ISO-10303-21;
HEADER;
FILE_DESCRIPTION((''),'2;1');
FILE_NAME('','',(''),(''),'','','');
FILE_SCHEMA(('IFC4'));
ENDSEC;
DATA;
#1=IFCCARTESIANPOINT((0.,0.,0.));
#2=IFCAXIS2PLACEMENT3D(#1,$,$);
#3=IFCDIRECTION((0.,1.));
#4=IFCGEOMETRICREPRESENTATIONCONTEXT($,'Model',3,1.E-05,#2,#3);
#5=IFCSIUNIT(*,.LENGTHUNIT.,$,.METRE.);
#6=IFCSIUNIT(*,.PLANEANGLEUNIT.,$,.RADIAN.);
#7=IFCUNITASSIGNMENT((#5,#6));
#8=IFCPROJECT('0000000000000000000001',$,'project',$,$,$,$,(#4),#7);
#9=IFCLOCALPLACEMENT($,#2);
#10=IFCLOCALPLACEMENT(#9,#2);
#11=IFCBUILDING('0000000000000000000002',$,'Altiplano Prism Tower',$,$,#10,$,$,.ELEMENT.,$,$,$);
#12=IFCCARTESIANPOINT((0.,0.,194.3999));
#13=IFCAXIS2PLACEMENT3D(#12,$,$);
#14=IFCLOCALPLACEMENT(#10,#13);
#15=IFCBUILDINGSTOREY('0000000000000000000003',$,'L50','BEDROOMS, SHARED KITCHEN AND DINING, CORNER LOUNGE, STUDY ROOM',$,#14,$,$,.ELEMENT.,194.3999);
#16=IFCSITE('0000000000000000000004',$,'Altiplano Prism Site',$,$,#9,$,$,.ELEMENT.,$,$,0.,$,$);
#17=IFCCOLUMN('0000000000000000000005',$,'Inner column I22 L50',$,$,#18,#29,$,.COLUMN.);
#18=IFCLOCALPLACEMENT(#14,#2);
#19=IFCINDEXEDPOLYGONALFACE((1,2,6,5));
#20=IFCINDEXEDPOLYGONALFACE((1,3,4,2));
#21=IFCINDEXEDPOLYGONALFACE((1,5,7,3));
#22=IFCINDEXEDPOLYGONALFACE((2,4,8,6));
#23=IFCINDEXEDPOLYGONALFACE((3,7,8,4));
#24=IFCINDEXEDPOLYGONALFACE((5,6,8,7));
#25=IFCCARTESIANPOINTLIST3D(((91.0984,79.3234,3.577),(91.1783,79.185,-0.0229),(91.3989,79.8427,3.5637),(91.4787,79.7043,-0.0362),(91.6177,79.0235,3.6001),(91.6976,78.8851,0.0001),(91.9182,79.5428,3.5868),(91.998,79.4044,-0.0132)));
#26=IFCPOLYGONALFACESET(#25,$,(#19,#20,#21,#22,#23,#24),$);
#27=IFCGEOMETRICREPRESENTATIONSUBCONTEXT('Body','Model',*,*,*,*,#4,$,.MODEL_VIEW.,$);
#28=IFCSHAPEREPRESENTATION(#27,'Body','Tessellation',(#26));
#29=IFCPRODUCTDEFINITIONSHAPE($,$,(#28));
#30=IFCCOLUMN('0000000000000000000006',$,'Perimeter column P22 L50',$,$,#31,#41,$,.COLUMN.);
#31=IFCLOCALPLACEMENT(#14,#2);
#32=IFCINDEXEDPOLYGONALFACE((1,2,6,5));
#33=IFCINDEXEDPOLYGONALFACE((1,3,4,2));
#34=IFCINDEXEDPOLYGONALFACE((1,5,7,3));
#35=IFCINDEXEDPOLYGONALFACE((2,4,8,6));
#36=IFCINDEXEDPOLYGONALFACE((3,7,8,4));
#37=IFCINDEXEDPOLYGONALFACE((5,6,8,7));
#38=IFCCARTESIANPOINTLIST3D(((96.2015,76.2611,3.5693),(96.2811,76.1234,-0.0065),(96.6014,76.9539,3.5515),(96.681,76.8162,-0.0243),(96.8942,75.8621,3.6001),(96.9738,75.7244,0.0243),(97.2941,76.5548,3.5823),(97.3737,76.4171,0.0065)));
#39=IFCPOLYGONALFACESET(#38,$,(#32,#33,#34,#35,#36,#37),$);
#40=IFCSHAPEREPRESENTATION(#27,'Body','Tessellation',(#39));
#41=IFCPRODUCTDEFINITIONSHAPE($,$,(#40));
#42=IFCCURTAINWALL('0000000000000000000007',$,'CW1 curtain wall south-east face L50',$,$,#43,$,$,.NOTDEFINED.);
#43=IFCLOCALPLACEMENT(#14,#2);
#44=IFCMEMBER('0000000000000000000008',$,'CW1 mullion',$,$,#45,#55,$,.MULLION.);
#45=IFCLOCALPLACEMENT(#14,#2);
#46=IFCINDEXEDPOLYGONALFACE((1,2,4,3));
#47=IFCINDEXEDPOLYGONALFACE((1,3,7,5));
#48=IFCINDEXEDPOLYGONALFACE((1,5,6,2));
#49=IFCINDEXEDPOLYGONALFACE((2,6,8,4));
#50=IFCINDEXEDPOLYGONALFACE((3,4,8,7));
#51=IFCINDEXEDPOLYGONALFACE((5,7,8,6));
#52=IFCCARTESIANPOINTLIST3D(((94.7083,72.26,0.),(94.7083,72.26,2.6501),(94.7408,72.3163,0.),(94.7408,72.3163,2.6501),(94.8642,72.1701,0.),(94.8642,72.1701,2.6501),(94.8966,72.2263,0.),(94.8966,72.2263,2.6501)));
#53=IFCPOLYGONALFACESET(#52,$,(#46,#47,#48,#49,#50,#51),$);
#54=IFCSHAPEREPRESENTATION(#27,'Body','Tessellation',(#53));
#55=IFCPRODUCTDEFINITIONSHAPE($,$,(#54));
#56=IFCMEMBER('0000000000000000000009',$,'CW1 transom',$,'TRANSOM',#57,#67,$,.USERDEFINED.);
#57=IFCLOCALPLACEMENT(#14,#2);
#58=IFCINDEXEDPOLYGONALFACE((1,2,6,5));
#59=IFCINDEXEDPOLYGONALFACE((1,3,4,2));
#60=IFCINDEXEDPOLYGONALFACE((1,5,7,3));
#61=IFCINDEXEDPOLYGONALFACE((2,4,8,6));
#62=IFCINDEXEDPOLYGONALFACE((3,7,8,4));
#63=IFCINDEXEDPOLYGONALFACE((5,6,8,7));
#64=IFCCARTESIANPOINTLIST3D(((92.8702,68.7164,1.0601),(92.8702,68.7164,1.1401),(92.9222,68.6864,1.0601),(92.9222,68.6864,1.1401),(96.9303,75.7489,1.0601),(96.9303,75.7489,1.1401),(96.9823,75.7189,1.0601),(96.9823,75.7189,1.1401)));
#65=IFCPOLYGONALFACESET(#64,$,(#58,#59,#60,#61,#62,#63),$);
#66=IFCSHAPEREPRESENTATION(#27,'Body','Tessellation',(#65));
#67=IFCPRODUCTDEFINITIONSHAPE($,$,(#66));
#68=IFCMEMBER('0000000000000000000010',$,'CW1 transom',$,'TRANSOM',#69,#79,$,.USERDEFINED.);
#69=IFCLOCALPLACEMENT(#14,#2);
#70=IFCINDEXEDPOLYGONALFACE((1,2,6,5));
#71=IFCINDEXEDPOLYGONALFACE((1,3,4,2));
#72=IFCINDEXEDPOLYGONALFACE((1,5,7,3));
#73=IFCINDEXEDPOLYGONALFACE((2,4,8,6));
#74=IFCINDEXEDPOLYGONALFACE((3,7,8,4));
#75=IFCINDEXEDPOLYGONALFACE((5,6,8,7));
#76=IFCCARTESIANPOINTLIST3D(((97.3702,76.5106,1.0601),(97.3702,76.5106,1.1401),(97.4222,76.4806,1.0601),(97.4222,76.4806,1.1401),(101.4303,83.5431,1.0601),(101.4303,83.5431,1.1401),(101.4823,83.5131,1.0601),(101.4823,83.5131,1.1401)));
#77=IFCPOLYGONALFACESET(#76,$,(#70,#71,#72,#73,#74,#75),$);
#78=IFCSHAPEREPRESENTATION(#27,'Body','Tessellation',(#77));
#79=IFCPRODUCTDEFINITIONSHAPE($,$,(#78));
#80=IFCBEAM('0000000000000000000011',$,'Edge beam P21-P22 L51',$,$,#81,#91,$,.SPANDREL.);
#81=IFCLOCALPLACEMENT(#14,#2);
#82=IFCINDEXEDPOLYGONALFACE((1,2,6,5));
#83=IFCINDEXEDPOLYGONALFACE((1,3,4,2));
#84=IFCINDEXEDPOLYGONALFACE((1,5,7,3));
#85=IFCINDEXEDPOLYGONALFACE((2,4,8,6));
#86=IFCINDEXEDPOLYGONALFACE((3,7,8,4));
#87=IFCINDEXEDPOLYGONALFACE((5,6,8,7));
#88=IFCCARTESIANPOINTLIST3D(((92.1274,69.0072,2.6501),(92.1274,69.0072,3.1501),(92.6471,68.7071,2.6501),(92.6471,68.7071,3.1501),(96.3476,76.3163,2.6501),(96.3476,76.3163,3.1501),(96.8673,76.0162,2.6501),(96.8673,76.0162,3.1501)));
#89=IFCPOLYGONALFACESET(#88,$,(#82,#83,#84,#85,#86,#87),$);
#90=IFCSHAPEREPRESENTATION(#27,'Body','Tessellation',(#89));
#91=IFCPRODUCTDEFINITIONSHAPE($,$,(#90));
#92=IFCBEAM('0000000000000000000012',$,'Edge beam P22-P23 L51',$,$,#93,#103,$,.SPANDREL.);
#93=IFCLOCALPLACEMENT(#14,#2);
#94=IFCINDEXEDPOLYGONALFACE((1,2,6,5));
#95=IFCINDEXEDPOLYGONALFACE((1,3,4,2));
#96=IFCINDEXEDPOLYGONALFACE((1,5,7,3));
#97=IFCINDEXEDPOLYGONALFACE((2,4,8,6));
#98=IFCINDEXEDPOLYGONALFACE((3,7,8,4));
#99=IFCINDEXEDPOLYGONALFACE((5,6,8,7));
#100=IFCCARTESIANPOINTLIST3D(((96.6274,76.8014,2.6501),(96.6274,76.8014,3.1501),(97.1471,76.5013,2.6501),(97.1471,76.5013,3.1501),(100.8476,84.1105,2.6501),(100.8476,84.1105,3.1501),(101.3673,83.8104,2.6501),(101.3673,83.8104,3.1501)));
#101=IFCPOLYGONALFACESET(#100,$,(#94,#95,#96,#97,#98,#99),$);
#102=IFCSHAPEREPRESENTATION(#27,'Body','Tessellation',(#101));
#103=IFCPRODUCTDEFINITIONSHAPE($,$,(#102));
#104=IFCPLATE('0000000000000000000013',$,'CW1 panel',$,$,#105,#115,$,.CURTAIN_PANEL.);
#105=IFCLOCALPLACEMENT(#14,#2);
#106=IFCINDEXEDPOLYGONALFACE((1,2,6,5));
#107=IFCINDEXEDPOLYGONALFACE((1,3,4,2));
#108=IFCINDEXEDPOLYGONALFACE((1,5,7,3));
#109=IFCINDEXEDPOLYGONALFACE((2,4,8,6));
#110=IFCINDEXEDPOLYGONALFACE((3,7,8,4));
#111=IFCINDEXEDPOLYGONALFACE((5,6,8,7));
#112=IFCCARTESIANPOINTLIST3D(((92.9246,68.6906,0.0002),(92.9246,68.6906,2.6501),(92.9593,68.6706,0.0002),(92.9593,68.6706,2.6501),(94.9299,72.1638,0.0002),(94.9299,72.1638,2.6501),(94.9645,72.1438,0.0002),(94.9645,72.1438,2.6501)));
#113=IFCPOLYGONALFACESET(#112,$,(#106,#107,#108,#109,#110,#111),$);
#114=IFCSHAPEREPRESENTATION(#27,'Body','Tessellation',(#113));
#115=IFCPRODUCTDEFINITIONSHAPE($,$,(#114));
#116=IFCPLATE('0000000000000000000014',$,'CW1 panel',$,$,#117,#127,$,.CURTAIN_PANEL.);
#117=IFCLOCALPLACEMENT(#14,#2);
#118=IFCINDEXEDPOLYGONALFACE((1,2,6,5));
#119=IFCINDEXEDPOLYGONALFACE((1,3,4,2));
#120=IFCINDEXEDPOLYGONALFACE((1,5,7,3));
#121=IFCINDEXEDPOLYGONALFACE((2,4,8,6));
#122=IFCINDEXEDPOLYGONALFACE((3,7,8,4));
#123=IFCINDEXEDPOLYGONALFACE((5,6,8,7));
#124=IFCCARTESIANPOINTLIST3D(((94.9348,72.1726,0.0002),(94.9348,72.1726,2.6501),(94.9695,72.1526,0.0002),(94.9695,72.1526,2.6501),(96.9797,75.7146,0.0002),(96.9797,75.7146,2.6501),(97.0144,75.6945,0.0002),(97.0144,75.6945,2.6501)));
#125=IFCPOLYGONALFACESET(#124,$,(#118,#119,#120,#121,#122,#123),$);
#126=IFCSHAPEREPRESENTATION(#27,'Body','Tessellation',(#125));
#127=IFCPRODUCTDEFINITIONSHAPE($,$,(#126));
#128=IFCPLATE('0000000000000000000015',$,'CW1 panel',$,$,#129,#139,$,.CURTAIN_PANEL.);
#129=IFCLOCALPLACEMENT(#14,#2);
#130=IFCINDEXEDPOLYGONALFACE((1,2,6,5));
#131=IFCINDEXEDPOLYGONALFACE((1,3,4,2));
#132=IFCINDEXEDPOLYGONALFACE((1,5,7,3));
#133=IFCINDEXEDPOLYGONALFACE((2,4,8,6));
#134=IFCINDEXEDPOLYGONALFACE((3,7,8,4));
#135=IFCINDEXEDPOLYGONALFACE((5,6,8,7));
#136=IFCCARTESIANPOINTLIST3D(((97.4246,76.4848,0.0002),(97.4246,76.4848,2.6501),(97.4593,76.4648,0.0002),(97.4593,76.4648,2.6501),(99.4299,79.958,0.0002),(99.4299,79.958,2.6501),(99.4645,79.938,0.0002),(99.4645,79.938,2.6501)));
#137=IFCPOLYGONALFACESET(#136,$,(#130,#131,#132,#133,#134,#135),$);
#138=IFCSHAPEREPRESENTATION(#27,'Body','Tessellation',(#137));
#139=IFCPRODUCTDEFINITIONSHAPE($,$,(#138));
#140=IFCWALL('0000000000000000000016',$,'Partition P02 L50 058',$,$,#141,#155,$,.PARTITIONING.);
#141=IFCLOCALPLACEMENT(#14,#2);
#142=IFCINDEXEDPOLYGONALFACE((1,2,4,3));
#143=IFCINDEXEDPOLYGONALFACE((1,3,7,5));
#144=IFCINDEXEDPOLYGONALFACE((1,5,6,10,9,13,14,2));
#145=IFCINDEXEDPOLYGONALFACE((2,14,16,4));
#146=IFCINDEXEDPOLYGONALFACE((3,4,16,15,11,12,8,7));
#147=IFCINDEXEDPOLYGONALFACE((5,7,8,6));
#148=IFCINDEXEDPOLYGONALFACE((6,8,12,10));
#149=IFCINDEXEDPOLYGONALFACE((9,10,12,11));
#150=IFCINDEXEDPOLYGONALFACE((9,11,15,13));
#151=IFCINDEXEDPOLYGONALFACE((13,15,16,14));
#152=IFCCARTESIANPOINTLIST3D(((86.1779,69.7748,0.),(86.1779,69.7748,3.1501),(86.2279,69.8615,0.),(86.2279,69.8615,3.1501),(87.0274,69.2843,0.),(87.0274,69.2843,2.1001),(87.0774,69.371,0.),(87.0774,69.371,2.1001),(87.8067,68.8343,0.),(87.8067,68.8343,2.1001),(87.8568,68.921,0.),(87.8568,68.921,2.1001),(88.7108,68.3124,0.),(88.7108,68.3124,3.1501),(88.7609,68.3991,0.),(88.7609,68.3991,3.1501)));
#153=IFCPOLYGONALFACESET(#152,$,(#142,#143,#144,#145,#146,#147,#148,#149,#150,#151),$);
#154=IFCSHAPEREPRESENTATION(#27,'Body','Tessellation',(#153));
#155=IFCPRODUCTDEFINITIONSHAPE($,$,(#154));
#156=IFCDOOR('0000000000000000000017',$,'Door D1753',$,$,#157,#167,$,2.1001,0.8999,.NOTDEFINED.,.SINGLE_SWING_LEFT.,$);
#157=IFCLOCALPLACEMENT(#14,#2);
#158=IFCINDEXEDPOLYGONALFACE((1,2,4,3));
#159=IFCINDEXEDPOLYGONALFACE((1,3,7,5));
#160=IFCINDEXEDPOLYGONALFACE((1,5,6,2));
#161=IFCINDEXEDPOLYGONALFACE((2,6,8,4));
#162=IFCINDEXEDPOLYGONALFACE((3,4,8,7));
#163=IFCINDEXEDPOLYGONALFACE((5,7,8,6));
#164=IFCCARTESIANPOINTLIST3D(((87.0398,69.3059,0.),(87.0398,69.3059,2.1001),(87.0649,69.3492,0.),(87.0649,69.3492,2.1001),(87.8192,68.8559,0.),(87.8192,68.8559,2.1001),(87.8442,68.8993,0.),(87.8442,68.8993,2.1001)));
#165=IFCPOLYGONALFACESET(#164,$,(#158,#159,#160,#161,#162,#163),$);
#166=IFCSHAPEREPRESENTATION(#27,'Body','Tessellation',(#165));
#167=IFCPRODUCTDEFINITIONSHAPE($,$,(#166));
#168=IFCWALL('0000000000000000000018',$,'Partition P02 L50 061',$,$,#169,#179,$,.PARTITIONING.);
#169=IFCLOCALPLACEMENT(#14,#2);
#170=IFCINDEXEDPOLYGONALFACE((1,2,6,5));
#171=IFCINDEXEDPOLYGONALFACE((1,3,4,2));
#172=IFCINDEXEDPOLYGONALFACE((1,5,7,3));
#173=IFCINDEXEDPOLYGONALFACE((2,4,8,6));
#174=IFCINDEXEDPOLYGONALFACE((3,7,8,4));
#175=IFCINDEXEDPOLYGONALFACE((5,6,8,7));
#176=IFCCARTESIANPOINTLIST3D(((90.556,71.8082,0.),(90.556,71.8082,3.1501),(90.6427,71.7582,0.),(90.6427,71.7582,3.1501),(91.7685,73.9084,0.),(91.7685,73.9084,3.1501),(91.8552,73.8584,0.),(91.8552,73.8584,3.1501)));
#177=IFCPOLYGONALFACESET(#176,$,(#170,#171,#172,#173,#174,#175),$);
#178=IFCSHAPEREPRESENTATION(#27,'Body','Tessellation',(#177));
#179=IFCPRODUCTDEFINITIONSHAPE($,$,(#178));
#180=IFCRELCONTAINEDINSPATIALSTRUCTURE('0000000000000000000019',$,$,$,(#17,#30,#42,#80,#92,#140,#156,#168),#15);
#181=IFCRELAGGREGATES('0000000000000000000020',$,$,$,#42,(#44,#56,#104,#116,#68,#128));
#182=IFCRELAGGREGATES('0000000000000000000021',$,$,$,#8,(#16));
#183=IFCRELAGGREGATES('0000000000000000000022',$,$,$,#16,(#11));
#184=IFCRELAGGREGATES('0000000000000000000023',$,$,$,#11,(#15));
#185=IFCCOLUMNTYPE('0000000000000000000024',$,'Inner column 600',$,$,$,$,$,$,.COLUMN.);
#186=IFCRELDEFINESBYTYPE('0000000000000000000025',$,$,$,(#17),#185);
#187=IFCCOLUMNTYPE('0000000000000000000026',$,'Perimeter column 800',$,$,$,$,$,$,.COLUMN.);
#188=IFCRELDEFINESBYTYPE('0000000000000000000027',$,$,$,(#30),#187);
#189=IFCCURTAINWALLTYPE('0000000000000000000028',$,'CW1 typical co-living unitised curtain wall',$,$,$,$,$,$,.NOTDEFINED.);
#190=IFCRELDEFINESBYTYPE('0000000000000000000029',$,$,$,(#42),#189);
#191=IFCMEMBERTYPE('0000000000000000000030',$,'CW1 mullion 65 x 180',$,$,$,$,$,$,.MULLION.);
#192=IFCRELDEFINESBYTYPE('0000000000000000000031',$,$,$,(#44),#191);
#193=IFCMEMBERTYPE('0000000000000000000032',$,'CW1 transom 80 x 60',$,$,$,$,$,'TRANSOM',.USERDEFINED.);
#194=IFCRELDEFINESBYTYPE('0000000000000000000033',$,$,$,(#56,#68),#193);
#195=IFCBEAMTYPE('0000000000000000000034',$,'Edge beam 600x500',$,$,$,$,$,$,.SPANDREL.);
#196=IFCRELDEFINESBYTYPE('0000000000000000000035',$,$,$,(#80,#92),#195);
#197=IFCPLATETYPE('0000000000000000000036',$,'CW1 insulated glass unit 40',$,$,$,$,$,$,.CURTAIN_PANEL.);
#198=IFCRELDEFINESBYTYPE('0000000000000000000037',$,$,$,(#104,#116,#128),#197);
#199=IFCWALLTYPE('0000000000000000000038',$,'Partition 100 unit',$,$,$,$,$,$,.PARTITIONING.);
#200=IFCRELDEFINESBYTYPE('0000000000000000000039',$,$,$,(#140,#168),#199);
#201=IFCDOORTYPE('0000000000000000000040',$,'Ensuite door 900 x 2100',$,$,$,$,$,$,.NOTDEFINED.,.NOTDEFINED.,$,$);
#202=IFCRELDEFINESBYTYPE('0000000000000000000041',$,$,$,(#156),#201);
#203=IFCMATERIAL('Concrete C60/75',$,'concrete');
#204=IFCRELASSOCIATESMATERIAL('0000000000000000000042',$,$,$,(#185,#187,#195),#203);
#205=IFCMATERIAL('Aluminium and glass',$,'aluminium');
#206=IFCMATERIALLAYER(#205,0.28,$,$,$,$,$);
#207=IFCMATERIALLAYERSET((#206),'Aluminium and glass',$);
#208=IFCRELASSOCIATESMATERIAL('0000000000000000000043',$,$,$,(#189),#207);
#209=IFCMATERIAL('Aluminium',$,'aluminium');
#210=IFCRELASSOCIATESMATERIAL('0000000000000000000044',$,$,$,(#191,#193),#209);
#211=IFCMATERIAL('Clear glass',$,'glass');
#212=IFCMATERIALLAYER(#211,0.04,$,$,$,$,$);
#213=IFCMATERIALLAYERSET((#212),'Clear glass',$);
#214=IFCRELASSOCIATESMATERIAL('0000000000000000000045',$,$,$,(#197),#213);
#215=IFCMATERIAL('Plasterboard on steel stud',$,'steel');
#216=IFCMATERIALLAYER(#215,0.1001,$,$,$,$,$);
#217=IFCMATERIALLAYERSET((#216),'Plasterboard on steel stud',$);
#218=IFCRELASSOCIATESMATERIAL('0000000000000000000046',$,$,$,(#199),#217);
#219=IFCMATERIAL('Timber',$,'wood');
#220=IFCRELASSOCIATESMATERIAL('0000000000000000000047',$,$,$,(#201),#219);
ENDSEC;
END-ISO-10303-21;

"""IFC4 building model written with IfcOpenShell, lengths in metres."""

from ifc_helpers import new_model, si_unit, direction, frame, frame_2d, origin, origin_2d, place, context, subcontext, project, spatial, rectangle, extrude, material, layer, layer_set, material_profile, profile_set, type_object, element, fill, aggregate, save


model = new_model("IFC4")

# Units and contexts
model_context = context("Model", 3, precision=1e-05, world=origin(), true_north=direction((0.0, 1.0)))
body_context = subcontext(model_context, "Body", "Model", "MODEL_VIEW")
ifc_project = project(units=[si_unit("LENGTHUNIT", "METRE"), si_unit("PLANEANGLEUNIT", "RADIAN")], contexts=[model_context])

# Site, building, storey
site_placement = place(None, origin())
site = spatial("IfcSite", under=ifc_project, at=site_placement, Name="Altiplano Prism Site", CompositionType="ELEMENT", RefElevation=0.0)
building_placement = place(site_placement, origin())
building = spatial("IfcBuilding", under=site, at=building_placement, Name="Altiplano Prism Tower", CompositionType="ELEMENT")
storey_placement = place(building_placement, frame((0.0, 0.0, 194.3999)))
storey = spatial("IfcBuildingStorey", under=building, at=storey_placement, Name="L50", Description="BEDROOMS, SHARED KITCHEN AND DINING, CORNER LOUNGE, STUDY ROOM", CompositionType="ELEMENT", Elevation=194.3999)

# Columns
ifc_material_1 = material(Name="Concrete C60/75", Category="concrete")
ifc_material_profile_1 = material_profile(ifc_material_1, rectangle(XDim=0.6001, YDim=0.6001, at=origin_2d()), Name="Inner column 600")
ifc_profile_set_1 = profile_set([ifc_material_profile_1], Name="Concrete C60/75")
column_type_1 = type_object("IfcColumnType", Name="Inner column 600", PredefinedType="COLUMN", material=ifc_profile_set_1)
column_1_placement = place(storey_placement, frame((91.5881, 79.2947, -0.0181), z_axis=(-0.022155, 0.038416, 0.999016), x_axis=(-0.500653, -0.865364, 0.022173)))
element("IfcColumn", 1, at=column_1_placement, inside=storey, type_object=column_type_1, Name="Inner column I22 L50", PredefinedType="COLUMN", context=body_context, shape_type="SweptSolid", body=[
    extrude(rectangle(XDim=0.6001, YDim=0.6001, at=origin_2d()), origin(), (0.0, 0.0, 1.0), 3.6035),
])
ifc_material_profile_2 = material_profile(ifc_material_1, rectangle(XDim=0.8, YDim=0.8, at=origin_2d()), Name="Perimeter column 800")
ifc_profile_set_2 = profile_set([ifc_material_profile_2], Name="Concrete C60/75")
column_type_2 = type_object("IfcColumnType", Name="Perimeter column 800", PredefinedType="COLUMN", material=ifc_profile_set_2)
column_2_placement = place(storey_placement, frame((96.8274, 76.2703, 0.0), z_axis=(-0.022235, 0.038468, 0.999012), x_axis=(-0.499813, -0.865848, 0.022216)))
element("IfcColumn", 2, at=column_2_placement, inside=storey, type_object=column_type_2, Name="Perimeter column P22 L50", PredefinedType="COLUMN", context=body_context, shape_type="SweptSolid", body=[
    extrude(rectangle(XDim=0.8, YDim=0.8, at=origin_2d()), origin(), (0.0, 0.0, 1.0), 3.5793),
])

# Curtain wall, members
ifc_material_2 = material(Name="Aluminium and glass", Category="aluminium")
ifc_layer_1 = layer(ifc_material_2, 0.28)
ifc_layer_set_1 = layer_set([ifc_layer_1], Name="Aluminium and glass")
curtain_wall_type = type_object("IfcCurtainWallType", Name="CW1 typical co-living unitised curtain wall", PredefinedType="NOTDEFINED", material=ifc_layer_set_1)
curtain_wall_placement = place(storey_placement, origin())
curtain_wall = element("IfcCurtainWall", 3, at=curtain_wall_placement, inside=storey, type_object=curtain_wall_type, Name="CW1 curtain wall south-east face L50", PredefinedType="NOTDEFINED")
ifc_material_3 = material(Name="Aluminium", Category="aluminium")
ifc_material_profile_3 = material_profile(ifc_material_3, rectangle(XDim=0.1799, YDim=0.0649, at=origin_2d()), Name="CW1 mullion 65 x 180")
ifc_profile_set_3 = profile_set([ifc_material_profile_3], Name="Aluminium")
member_type_1 = type_object("IfcMemberType", Name="CW1 mullion 65 x 180", PredefinedType="MULLION", material=ifc_profile_set_3)
member_1_placement = place(storey_placement, frame((94.8025, 72.2432, 0.0), z_axis=(0.0, 0.0, 1.0), x_axis=(-0.866025, 0.5, 0.0)))
member_1 = element("IfcMember", 4, at=member_1_placement, type_object=member_type_1, Name="CW1 mullion", PredefinedType="MULLION", context=body_context, shape_type="SweptSolid", body=[
    extrude(rectangle(XDim=0.1799, YDim=0.0649, at=origin_2d()), origin(), (0.0, 0.0, 1.0), 2.6501),
])
ifc_material_profile_4 = material_profile(ifc_material_3, rectangle(XDim=0.0601, YDim=0.0801, at=origin_2d()), Name="CW1 transom 80 x 60")
ifc_profile_set_4 = profile_set([ifc_material_profile_4], Name="Aluminium")
member_type_2 = type_object("IfcMemberType", Name="CW1 transom 80 x 60", ElementType="TRANSOM", PredefinedType="USERDEFINED", material=ifc_profile_set_4)
member_2_placement = place(storey_placement, frame((92.8962, 68.7014, 1.1001), z_axis=(0.499987, 0.866033, 0.0), x_axis=(-0.866033, 0.499987, 0.0)))
member_2 = element("IfcMember", 5, at=member_2_placement, type_object=member_type_2, Name="CW1 transom", ObjectType="TRANSOM", PredefinedType="USERDEFINED", context=body_context, shape_type="SweptSolid", body=[
    extrude(rectangle(XDim=0.0601, YDim=0.0801, at=origin_2d()), origin(), (0.0, 0.0, 1.0), 8.1204),
])
member_3_placement = place(storey_placement, frame((97.3962, 76.4956, 1.1001), z_axis=(0.499987, 0.866033, 0.0), x_axis=(-0.866033, 0.499987, 0.0)))
member_3 = element("IfcMember", 6, at=member_3_placement, type_object=member_type_2, Name="CW1 transom", ObjectType="TRANSOM", PredefinedType="USERDEFINED", context=body_context, shape_type="SweptSolid", body=[
    extrude(rectangle(XDim=0.0601, YDim=0.0801, at=origin_2d()), origin(), (0.0, 0.0, 1.0), 8.1204),
])

# Beams
ifc_material_profile_5 = material_profile(ifc_material_1, rectangle(XDim=0.6001, YDim=0.5, at=origin_2d()), Name="Edge beam 600x500")
ifc_profile_set_5 = profile_set([ifc_material_profile_5], Name="Concrete C60/75")
beam_type = type_object("IfcBeamType", Name="Edge beam 600x500", PredefinedType="SPANDREL", material=ifc_profile_set_5)
for number, where, z_axis, x_axis, name in (
    (7, (92.3872, 68.8572, 2.9001), (0.500028, 0.866009, 0.0), (-0.866009, 0.500028, 0.0), "Edge beam P21-P22 L51"),
    (8, (96.8872, 76.6514, 2.9001), (0.500028, 0.866009, 0.0), (-0.866009, 0.500028, 0.0), "Edge beam P22-P23 L51"),
):
    element("IfcBeam", number, at=place(storey_placement, frame(where, z_axis=z_axis, x_axis=x_axis)), inside=storey, type_object=beam_type, Name=name, PredefinedType="SPANDREL", context=body_context, shape_type="SweptSolid", body=[
        extrude(rectangle(XDim=0.6001, YDim=0.5, at=origin_2d()), origin(), (0.0, 0.0, 1.0), 8.4399),
    ])

# Plates
ifc_material_4 = material(Name="Clear glass", Category="glass")
ifc_layer_2 = layer(ifc_material_4, 0.04)
ifc_layer_set_2 = layer_set([ifc_layer_2], Name="Clear glass")
plate_type = type_object("IfcPlateType", Name="CW1 insulated glass unit 40", PredefinedType="CURTAIN_PANEL", material=ifc_layer_set_2)
plate_1_placement = place(storey_placement, frame((93.9446, 70.4172, 0.0002), z_axis=(0.0, 0.0, 1.0), x_axis=(0.5, 0.866025, 0.0)))
plate_1 = element("IfcPlate", 9, at=plate_1_placement, type_object=plate_type, Name="CW1 panel", PredefinedType="CURTAIN_PANEL", context=body_context, shape_type="SweptSolid", body=[
    extrude(rectangle(XDim=4.0105, YDim=0.04, at=origin_2d()), origin(), (0.0, 0.0, 1.0), 2.6499),
])
plate_2_placement = place(storey_placement, frame((95.9746, 73.9336, 0.0002), z_axis=(0.0, 0.0, 1.0), x_axis=(0.5, 0.866025, 0.0)))
plate_2 = element("IfcPlate", 10, at=plate_2_placement, type_object=plate_type, Name="CW1 panel", PredefinedType="CURTAIN_PANEL", context=body_context, shape_type="SweptSolid", body=[
    extrude(rectangle(XDim=4.0898, YDim=0.04, at=origin_2d()), origin(), (0.0, 0.0, 1.0), 2.6499),
])
plate_3_placement = place(storey_placement, frame((98.4446, 78.2114, 0.0002), z_axis=(0.0, 0.0, 1.0), x_axis=(0.5, 0.866025, 0.0)))
plate_3 = element("IfcPlate", 11, at=plate_3_placement, type_object=plate_type, Name="CW1 panel", PredefinedType="CURTAIN_PANEL", context=body_context, shape_type="SweptSolid", body=[
    extrude(rectangle(XDim=4.0105, YDim=0.04, at=origin_2d()), origin(), (0.0, 0.0, 1.0), 2.6499),
])
aggregate(curtain_wall, [member_1, member_2, plate_1, plate_2, member_3, plate_3])

# Wall, opening, door
ifc_material_5 = material(Name="Plasterboard on steel stud", Category="steel")
ifc_layer_3 = layer(ifc_material_5, 0.1001)
ifc_layer_set_3 = layer_set([ifc_layer_3], Name="Plasterboard on steel stud")
wall_type_1 = type_object("IfcWallType", Name="Partition 100 unit", PredefinedType="PARTITIONING", material=ifc_layer_set_3)
wall_1_placement = place(storey_placement, frame((86.2029, 69.8181, 0.0), z_axis=(0.0, 0.0, 1.0), x_axis=(0.866026, -0.499999, 0.0)))
wall_1 = element("IfcWall", 12, at=wall_1_placement, inside=storey, type_object=wall_type_1, Name="Partition P02 L50 058", PredefinedType="PARTITIONING", context=body_context, shape_type="SweptSolid", body=[
    extrude(rectangle(XDim=2.9248, YDim=0.1001, at=frame_2d((1.4624, 0.0))), origin(), (0.0, 0.0, 1.0), 3.1501),
])
opening_1_placement = place(wall_1_placement, frame((0.981, 0.0, 0.0)))
opening_1 = element("IfcOpeningElement", 13, at=opening_1_placement, cuts=wall_1, PredefinedType="OPENING", context=body_context, shape_type="SweptSolid", body=[
    extrude(rectangle(XDim=0.8999, YDim=2.1001, at=frame_2d((0.45, 1.05))), frame((0.0, 0.0605, 0.0), z_axis=(0.0, -1.0, 0.0), x_axis=(1.0, 0.0, 0.0)), (0.0, 0.0, 1.0), 0.1211),
])
ifc_material_6 = material(Name="Timber", Category="wood")
door_type_1 = type_object("IfcDoorType", Name="Ensuite door 900 x 2100", OperationType="NOTDEFINED", PredefinedType="NOTDEFINED", material=ifc_material_6)
door_1_placement = place(opening_1_placement, origin())
door_1 = element("IfcDoor", 14, at=door_1_placement, inside=storey, type_object=door_type_1, Name="Door D1753", OperationType="SINGLE_SWING_LEFT", OverallHeight=2.1001, OverallWidth=0.8999, PredefinedType="NOTDEFINED", context=body_context, shape_type="SweptSolid", body=[
    extrude(rectangle(XDim=0.8999, YDim=2.1001, at=frame_2d((0.45, 1.05))), frame((0.0, 0.0249, 0.0), z_axis=(0.0, -1.0, 0.0), x_axis=(1.0, 0.0, 0.0)), (0.0, 0.0, 1.0), 0.05),
])
fill(opening_1, door_1)

# Wall
wall_2_placement = place(storey_placement, frame((91.8118, 73.8833, 0.0), z_axis=(0.0, 0.0, 1.0), x_axis=(-0.499972, -0.866041, 0.0)))
element("IfcWall", 15, at=wall_2_placement, inside=storey, type_object=wall_type_1, Name="Partition P02 L50 061", PredefinedType="PARTITIONING", context=body_context, shape_type="SweptSolid", body=[
    extrude(rectangle(XDim=2.425, YDim=0.1001, at=frame_2d((1.2124, 0.0))), origin(), (0.0, 0.0, 1.0), 3.1501),
])

save(model, "model.ifc")
